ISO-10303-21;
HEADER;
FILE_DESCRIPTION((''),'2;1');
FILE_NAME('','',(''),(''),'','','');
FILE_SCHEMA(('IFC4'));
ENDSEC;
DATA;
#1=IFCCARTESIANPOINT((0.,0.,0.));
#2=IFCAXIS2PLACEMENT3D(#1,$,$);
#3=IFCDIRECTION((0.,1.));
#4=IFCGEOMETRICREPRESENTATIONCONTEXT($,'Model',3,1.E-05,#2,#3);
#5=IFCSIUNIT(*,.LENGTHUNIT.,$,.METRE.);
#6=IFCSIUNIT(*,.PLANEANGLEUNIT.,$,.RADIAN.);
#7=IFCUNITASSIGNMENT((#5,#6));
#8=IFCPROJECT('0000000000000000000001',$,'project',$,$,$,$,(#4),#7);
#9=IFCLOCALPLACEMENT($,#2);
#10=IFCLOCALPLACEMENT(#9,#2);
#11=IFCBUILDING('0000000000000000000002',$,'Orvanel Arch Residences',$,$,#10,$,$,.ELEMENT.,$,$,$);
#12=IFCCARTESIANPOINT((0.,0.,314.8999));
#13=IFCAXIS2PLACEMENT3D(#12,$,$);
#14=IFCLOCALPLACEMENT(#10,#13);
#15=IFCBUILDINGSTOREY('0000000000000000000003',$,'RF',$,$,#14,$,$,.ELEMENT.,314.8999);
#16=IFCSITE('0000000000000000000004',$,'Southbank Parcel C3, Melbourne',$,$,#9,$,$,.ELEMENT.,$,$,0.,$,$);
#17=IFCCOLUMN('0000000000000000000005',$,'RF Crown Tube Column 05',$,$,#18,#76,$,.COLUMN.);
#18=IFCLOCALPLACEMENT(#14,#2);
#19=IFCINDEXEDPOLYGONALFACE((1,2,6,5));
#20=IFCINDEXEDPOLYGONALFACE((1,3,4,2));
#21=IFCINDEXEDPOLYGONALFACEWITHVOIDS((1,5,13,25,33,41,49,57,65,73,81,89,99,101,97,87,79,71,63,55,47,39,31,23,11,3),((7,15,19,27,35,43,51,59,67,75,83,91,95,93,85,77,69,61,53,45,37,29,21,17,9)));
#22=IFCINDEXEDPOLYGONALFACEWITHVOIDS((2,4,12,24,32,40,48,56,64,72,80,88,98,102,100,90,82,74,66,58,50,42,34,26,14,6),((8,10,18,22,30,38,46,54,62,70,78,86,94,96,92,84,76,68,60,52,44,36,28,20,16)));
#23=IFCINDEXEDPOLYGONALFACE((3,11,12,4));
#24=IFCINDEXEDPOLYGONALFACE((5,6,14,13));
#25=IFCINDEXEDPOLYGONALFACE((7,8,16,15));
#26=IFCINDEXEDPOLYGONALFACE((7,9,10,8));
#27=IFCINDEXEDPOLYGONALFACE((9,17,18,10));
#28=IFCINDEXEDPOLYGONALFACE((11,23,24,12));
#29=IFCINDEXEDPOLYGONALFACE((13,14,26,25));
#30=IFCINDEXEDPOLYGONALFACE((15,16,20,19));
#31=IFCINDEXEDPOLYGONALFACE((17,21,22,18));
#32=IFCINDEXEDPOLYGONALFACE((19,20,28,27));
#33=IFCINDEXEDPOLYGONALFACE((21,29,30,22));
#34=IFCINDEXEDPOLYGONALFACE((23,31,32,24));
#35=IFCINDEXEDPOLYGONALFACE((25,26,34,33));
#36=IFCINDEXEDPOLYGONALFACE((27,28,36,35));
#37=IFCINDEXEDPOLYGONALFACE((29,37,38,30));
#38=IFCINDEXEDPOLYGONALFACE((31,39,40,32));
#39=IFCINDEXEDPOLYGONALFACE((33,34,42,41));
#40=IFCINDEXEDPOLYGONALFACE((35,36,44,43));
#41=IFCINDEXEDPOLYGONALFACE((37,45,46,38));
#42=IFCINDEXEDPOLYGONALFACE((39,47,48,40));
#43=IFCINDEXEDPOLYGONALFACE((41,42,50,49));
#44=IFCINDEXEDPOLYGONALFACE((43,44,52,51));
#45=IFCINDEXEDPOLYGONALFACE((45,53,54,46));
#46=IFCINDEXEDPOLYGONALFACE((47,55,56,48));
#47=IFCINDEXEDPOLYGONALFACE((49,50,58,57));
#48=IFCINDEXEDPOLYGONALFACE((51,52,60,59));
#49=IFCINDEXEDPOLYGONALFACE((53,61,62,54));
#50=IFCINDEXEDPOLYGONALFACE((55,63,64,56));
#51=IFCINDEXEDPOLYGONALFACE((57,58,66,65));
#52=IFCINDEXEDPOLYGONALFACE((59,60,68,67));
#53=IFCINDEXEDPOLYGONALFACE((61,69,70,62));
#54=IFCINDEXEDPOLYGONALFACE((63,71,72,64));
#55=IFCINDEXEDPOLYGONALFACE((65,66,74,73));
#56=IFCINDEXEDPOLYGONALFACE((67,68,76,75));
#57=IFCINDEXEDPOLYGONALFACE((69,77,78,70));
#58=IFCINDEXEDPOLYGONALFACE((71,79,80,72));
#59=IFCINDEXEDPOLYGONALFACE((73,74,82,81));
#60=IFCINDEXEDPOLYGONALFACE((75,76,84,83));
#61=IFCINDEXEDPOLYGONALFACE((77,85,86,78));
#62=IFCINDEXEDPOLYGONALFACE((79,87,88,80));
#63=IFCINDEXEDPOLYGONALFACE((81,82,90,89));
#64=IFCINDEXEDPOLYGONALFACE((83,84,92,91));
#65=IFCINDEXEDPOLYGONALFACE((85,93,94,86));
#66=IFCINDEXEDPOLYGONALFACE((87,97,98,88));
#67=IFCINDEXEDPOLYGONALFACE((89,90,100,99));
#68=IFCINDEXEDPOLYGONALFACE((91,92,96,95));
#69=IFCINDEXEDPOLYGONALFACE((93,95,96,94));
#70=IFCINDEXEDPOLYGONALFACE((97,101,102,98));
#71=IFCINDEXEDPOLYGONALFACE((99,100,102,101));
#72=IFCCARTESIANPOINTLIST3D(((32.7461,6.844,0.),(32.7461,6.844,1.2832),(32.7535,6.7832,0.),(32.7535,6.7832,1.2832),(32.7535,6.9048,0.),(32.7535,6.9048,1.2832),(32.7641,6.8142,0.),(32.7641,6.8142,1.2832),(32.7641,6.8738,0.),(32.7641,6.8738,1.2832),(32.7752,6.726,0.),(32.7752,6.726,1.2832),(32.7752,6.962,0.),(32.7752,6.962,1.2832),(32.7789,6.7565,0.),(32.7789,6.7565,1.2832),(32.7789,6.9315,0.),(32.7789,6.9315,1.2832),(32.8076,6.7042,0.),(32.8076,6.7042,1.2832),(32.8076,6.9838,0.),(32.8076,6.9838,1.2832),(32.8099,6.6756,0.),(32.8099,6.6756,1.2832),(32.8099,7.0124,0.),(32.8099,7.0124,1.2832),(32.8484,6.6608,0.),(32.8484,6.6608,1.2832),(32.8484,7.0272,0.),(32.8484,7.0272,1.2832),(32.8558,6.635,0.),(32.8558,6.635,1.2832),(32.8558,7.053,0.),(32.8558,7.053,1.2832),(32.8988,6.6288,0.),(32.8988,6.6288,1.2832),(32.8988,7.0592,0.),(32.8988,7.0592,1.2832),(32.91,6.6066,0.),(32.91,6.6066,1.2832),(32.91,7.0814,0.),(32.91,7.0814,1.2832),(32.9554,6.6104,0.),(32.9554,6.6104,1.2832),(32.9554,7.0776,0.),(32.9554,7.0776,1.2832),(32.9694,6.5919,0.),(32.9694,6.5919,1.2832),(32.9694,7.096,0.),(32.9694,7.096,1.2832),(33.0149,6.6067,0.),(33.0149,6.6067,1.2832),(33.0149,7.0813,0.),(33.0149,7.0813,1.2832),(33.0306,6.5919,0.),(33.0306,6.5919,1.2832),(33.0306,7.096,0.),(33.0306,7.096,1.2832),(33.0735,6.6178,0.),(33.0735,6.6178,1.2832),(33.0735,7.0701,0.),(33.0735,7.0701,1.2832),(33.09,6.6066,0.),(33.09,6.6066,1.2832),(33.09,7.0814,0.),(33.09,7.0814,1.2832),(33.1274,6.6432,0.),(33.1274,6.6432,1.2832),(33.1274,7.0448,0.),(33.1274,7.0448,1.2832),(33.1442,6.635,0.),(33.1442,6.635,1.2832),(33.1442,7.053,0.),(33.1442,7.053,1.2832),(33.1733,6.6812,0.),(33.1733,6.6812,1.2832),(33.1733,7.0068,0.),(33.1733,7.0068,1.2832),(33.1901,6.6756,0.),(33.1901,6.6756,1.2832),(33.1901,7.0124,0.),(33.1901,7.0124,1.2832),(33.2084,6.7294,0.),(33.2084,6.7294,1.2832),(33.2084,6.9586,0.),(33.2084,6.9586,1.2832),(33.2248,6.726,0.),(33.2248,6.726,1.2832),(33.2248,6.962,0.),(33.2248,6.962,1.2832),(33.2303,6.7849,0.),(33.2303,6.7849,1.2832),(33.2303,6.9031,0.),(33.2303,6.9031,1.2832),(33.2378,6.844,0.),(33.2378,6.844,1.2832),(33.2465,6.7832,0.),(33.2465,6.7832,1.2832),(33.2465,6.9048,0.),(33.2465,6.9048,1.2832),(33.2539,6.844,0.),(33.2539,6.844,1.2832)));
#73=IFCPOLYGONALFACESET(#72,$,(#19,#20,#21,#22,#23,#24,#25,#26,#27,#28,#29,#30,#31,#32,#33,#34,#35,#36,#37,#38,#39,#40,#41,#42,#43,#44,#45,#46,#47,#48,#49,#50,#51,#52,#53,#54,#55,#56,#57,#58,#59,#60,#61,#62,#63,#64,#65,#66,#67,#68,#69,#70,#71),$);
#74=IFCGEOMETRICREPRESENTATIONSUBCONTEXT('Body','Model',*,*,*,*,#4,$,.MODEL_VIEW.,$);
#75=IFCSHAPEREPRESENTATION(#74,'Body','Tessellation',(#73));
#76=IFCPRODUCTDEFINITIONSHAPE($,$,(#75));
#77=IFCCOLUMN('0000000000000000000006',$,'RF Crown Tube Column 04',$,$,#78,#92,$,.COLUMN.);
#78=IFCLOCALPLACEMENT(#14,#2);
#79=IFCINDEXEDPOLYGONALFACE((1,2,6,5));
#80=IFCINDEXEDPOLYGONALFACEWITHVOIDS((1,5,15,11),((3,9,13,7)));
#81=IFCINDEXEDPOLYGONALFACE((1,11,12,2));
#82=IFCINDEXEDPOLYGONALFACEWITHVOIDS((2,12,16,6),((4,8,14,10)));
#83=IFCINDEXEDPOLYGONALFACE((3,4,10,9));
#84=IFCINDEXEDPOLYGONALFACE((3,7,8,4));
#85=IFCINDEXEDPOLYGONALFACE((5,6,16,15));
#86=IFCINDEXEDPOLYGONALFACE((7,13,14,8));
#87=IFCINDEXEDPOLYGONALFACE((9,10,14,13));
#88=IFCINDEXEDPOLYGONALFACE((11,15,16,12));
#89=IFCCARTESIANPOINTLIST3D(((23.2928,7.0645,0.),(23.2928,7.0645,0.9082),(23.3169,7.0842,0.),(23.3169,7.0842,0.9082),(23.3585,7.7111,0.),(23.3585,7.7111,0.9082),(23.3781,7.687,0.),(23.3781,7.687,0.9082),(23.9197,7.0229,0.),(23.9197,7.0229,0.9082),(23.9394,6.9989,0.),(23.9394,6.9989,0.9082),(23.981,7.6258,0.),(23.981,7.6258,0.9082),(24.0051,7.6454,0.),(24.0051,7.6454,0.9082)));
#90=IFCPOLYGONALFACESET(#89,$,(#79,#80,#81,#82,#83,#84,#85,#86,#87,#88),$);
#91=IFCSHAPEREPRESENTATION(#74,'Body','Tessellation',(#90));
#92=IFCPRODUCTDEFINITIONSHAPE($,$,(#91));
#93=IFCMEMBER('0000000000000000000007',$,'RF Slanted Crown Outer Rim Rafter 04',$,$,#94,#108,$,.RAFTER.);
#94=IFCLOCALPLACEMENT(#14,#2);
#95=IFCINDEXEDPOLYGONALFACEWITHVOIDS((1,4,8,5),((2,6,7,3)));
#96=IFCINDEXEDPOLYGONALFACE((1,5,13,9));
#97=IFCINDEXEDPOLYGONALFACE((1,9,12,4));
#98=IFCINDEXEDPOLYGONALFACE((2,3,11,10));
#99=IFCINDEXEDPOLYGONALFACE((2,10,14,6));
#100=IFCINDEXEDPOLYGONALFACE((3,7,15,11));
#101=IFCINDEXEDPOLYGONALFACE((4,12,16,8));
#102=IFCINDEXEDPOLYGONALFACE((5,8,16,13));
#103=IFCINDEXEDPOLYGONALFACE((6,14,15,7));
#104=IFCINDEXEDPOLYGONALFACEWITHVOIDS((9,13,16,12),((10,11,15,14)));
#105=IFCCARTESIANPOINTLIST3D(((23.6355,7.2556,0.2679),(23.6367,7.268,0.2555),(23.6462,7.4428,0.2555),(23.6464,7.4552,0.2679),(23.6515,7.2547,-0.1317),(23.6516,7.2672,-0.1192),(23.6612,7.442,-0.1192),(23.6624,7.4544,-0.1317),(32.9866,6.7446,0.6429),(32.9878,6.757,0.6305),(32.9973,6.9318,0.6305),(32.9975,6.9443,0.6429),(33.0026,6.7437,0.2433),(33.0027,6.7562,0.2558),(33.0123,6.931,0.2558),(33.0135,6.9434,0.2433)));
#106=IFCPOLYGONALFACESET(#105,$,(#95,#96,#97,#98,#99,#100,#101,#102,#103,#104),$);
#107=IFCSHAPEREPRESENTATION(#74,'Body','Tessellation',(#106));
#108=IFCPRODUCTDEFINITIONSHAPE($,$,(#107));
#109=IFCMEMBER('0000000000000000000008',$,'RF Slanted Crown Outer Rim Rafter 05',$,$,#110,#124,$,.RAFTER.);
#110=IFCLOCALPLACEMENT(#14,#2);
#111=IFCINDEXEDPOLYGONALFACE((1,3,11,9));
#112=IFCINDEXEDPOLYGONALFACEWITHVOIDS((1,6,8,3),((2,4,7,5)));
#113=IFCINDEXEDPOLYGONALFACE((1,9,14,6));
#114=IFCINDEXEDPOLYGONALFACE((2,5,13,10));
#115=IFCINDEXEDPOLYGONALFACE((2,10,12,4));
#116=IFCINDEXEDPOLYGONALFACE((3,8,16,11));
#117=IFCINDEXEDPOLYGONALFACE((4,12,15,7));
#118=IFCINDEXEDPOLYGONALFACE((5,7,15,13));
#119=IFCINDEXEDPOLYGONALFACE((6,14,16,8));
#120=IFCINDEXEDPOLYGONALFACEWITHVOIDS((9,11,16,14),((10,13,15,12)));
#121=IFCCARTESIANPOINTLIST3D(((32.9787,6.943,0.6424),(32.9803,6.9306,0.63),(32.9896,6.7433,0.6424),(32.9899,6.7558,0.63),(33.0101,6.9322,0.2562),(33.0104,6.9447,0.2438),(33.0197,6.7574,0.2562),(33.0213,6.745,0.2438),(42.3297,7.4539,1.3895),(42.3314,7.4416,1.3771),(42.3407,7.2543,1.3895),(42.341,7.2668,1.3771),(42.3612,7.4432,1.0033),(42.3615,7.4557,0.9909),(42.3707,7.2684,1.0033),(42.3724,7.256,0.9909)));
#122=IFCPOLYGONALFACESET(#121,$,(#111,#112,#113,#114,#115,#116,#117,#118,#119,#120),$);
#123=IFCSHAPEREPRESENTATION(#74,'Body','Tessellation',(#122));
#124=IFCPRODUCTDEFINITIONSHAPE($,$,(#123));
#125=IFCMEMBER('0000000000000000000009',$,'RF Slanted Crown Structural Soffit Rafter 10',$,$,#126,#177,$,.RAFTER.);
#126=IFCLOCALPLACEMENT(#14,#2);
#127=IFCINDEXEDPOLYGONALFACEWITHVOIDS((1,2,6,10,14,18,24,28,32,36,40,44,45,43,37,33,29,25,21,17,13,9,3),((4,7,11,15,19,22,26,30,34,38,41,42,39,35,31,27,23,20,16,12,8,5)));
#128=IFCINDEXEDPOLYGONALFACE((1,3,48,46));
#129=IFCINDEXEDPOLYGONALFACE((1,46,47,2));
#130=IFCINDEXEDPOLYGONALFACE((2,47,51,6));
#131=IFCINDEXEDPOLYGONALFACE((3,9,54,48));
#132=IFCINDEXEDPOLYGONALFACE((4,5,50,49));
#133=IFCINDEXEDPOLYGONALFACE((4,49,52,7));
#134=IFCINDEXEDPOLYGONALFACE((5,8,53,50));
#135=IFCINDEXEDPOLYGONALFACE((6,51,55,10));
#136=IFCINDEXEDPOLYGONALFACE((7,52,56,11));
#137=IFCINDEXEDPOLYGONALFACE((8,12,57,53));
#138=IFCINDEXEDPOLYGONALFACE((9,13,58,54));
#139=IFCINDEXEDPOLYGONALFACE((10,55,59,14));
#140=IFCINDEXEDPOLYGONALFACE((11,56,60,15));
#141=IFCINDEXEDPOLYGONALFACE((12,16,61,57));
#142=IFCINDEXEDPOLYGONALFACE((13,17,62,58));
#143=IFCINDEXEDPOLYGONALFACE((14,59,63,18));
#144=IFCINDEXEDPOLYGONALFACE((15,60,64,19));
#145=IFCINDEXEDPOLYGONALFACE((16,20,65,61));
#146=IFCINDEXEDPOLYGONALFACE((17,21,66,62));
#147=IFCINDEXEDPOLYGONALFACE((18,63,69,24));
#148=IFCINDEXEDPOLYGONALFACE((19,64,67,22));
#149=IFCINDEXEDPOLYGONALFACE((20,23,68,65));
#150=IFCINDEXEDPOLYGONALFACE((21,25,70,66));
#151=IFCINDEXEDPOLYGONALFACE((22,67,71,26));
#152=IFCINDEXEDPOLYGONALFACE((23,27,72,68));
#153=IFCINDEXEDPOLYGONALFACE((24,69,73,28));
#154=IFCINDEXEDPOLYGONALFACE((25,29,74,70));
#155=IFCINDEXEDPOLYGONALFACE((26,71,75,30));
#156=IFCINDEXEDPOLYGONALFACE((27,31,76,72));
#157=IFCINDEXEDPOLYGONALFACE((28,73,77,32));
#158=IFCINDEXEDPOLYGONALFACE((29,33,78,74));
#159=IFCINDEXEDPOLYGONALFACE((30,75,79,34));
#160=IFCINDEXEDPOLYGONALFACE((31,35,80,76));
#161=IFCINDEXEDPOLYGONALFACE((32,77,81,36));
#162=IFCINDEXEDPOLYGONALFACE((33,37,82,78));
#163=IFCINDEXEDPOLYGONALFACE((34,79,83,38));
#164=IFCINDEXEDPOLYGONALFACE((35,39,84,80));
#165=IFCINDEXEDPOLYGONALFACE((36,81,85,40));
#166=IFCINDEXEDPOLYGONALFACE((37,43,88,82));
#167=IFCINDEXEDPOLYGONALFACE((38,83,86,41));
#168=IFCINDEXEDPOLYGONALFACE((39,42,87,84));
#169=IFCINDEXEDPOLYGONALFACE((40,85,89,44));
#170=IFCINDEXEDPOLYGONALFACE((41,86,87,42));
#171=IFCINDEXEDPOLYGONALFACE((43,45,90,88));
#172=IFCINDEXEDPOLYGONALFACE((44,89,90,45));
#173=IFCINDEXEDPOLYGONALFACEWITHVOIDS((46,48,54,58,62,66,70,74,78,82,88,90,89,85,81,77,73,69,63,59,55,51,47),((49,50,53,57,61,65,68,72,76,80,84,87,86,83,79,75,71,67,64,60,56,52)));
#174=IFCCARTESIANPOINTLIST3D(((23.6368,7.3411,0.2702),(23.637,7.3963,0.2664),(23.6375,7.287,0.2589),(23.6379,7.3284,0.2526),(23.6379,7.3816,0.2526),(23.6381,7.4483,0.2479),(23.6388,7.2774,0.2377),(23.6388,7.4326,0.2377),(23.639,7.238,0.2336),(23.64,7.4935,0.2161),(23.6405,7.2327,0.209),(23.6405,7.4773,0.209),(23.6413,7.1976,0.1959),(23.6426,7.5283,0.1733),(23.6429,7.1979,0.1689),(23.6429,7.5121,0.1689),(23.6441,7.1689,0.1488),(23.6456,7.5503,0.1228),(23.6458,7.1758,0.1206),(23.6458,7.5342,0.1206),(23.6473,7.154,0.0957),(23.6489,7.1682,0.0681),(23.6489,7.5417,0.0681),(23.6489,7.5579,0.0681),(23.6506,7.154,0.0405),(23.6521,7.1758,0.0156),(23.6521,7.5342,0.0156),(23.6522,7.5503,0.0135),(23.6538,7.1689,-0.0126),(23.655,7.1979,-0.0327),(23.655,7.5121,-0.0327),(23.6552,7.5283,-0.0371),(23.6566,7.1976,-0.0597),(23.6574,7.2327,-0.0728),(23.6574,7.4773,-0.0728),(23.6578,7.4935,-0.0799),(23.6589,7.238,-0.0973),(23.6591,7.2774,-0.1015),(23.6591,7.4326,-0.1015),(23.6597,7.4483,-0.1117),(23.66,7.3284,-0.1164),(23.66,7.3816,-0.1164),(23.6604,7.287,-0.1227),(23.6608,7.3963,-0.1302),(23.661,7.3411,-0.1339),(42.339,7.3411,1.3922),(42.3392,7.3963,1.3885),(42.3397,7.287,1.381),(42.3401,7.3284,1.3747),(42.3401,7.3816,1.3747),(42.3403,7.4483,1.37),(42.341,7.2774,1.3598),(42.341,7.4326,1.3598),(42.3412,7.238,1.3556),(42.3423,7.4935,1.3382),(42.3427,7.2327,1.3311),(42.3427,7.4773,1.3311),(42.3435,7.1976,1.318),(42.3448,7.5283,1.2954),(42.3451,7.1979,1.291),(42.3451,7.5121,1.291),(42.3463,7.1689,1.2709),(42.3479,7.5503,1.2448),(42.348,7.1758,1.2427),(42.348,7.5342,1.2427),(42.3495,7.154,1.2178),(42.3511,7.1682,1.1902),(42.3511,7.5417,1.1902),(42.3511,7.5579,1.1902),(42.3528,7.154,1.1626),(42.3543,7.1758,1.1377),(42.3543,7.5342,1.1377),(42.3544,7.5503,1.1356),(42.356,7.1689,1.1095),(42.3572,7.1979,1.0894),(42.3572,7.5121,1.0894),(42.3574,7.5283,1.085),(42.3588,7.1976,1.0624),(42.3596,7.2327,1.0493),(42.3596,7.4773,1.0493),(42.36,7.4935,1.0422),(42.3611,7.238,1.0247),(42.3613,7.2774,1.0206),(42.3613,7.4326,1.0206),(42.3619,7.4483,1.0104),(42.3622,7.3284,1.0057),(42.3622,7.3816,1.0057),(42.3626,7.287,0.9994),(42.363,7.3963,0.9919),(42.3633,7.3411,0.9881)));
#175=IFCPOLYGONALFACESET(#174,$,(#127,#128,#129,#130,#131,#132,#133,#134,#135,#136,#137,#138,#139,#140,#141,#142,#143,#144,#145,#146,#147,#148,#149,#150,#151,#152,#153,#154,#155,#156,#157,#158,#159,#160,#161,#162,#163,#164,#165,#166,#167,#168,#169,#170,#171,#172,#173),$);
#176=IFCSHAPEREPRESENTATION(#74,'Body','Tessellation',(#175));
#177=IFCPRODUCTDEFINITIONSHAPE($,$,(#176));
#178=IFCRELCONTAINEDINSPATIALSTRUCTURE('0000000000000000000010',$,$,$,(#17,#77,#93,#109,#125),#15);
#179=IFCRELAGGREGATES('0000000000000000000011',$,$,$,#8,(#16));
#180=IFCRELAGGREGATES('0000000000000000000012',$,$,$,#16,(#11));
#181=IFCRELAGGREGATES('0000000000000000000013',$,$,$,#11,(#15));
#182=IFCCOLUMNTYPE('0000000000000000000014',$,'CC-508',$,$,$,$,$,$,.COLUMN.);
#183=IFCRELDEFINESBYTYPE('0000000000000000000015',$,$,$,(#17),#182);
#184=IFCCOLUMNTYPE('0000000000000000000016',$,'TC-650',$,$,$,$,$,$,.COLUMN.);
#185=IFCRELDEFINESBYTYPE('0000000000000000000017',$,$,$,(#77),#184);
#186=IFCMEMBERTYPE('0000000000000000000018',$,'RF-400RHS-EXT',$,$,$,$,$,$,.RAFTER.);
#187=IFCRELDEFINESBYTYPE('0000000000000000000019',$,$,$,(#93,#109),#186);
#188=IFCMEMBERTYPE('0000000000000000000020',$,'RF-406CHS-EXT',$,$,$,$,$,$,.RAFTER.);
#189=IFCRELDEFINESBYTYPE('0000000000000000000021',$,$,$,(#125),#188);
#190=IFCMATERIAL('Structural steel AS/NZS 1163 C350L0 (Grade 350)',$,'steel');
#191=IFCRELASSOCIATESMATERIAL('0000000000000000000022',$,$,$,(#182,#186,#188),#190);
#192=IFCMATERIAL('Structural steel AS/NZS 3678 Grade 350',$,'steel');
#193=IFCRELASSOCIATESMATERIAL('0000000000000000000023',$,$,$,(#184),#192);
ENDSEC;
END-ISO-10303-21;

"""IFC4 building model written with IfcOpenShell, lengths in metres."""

from ifc_helpers import new_model, si_unit, direction, frame, origin, origin_2d, place, context, subcontext, project, spatial, hollow_rectangle, hollow_circle, extrude, material, material_profile, profile_set, type_object, element, save


model = new_model("IFC4")

# Units and contexts
model_context = context("Model", 3, precision=1e-05, world=origin(), true_north=direction((0.0, 1.0)))
body_context = subcontext(model_context, "Body", "Model", "MODEL_VIEW")
ifc_project = project(units=[si_unit("LENGTHUNIT", "METRE"), si_unit("PLANEANGLEUNIT", "RADIAN")], contexts=[model_context])

# Site, building, storey
site_placement = place(None, origin())
site = spatial("IfcSite", under=ifc_project, at=site_placement, Name="Southbank Parcel C3, Melbourne", CompositionType="ELEMENT", RefElevation=0.0)
building_placement = place(site_placement, origin())
building = spatial("IfcBuilding", under=site, at=building_placement, Name="Orvanel Arch Residences", CompositionType="ELEMENT")
storey_placement = place(building_placement, frame((0.0, 0.0, 314.8999)))
storey = spatial("IfcBuildingStorey", under=building, at=storey_placement, Name="RF", CompositionType="ELEMENT", Elevation=314.8999)

# Columns
ifc_material_1 = material(Name="Structural steel AS/NZS 1163 C350L0 (Grade 350)", Category="steel")
ifc_material_profile_1 = material_profile(ifc_material_1, hollow_circle(Radius=0.2539, WallThickness=0.0161, at=origin_2d()), Name="CHS508x16")
ifc_profile_set_1 = profile_set([ifc_material_profile_1], Name="Structural steel AS/NZS 1163 C350L0 (Grade 350)")
column_type_1 = type_object("IfcColumnType", Name="CC-508", PredefinedType="COLUMN", material=ifc_profile_set_1)
column_1_placement = place(storey_placement, frame((33.0, 6.844, 0.0), z_axis=(0.0, 0.0, 1.0), x_axis=(1.0, 0.0, 0.0)))
element("IfcColumn", 1, at=column_1_placement, inside=storey, type_object=column_type_1, Name="RF Crown Tube Column 05", PredefinedType="COLUMN", context=body_context, shape_type="SweptSolid", body=[
    extrude(hollow_circle(Radius=0.2539, WallThickness=0.0161, at=origin_2d()), origin(), (0.0, 0.0, 1.0), 1.2832),
])
ifc_material_2 = material(Name="Structural steel AS/NZS 3678 Grade 350", Category="steel")
ifc_material_profile_2 = material_profile(ifc_material_2, hollow_rectangle(XDim=0.6499, YDim=0.6499, WallThickness=0.022, at=origin_2d()), Name="BOX650x650x22")
ifc_profile_set_2 = profile_set([ifc_material_profile_2], Name="Structural steel AS/NZS 3678 Grade 350")
column_type_2 = type_object("IfcColumnType", Name="TC-650", PredefinedType="COLUMN", material=ifc_profile_set_2)
column_2_placement = place(storey_placement, frame((23.6489, 7.355, 0.0), z_axis=(0.0, 0.0, 1.0), x_axis=(-0.994881, 0.101056, 0.0)))
element("IfcColumn", 2, at=column_2_placement, inside=storey, type_object=column_type_2, Name="RF Crown Tube Column 04", PredefinedType="COLUMN", context=body_context, shape_type="SweptSolid", body=[
    extrude(hollow_rectangle(XDim=0.6499, YDim=0.6499, WallThickness=0.022, at=origin_2d()), origin(), (0.0, 0.0, 1.0), 0.9082),
])

# Members
ifc_material_profile_3 = material_profile(ifc_material_1, hollow_rectangle(XDim=0.2, YDim=0.3999, WallThickness=0.0125, at=origin_2d()), Name="RHS400x200x12.5")
ifc_profile_set_3 = profile_set([ifc_material_profile_3], Name="Structural steel AS/NZS 1163 C350L0 (Grade 350)")
member_type_1 = type_object("IfcMemberType", Name="RF-400RHS-EXT", PredefinedType="RAFTER", material=ifc_profile_set_3)
member_1_placement = place(storey_placement, frame((23.6489, 7.355, 0.0681), z_axis=(0.997711, -0.05452, 0.040011), x_axis=(0.054563, 0.99851, 0.0)))
element("IfcMember", 3, at=member_1_placement, inside=storey, type_object=member_type_1, Name="RF Slanted Crown Outer Rim Rafter 04", PredefinedType="RAFTER", context=body_context, shape_type="SweptSolid", body=[
    extrude(hollow_rectangle(XDim=0.2, YDim=0.3999, WallThickness=0.0125, at=origin_2d()), origin(), (0.0, 0.0, 1.0), 9.3726),
])
member_2_placement = place(storey_placement, frame((33.0, 6.844, 0.4431), z_axis=(0.995348, 0.05439, 0.07952), x_axis=(-0.054563, 0.99851, 0.0)))
element("IfcMember", 4, at=member_2_placement, inside=storey, type_object=member_type_1, Name="RF Slanted Crown Outer Rim Rafter 05", PredefinedType="RAFTER", context=body_context, shape_type="SweptSolid", body=[
    extrude(hollow_rectangle(XDim=0.2, YDim=0.3999, WallThickness=0.0125, at=origin_2d()), origin(), (0.0, 0.0, 1.0), 9.3948),
])
ifc_material_profile_4 = material_profile(ifc_material_1, hollow_circle(Radius=0.2029, WallThickness=0.0161, at=origin_2d()), Name="CHS406x16")
ifc_profile_set_4 = profile_set([ifc_material_profile_4], Name="Structural steel AS/NZS 1163 C350L0 (Grade 350)")
member_type_2 = type_object("IfcMemberType", Name="RF-406CHS-EXT", PredefinedType="RAFTER", material=ifc_profile_set_4)
member_3_placement = place(storey_placement, frame((23.6489, 7.355, 0.0681), z_axis=(0.998205, 0.0, 0.059889), x_axis=(0.0, 1.0, 0.0)))
element("IfcMember", 5, at=member_3_placement, inside=storey, type_object=member_type_2, Name="RF Slanted Crown Structural Soffit Rafter 10", PredefinedType="RAFTER", context=body_context, shape_type="SweptSolid", body=[
    extrude(hollow_circle(Radius=0.2029, WallThickness=0.0161, at=origin_2d()), origin(), (0.0, 0.0, 1.0), 18.7358),
])

save(model, "model.ifc")
